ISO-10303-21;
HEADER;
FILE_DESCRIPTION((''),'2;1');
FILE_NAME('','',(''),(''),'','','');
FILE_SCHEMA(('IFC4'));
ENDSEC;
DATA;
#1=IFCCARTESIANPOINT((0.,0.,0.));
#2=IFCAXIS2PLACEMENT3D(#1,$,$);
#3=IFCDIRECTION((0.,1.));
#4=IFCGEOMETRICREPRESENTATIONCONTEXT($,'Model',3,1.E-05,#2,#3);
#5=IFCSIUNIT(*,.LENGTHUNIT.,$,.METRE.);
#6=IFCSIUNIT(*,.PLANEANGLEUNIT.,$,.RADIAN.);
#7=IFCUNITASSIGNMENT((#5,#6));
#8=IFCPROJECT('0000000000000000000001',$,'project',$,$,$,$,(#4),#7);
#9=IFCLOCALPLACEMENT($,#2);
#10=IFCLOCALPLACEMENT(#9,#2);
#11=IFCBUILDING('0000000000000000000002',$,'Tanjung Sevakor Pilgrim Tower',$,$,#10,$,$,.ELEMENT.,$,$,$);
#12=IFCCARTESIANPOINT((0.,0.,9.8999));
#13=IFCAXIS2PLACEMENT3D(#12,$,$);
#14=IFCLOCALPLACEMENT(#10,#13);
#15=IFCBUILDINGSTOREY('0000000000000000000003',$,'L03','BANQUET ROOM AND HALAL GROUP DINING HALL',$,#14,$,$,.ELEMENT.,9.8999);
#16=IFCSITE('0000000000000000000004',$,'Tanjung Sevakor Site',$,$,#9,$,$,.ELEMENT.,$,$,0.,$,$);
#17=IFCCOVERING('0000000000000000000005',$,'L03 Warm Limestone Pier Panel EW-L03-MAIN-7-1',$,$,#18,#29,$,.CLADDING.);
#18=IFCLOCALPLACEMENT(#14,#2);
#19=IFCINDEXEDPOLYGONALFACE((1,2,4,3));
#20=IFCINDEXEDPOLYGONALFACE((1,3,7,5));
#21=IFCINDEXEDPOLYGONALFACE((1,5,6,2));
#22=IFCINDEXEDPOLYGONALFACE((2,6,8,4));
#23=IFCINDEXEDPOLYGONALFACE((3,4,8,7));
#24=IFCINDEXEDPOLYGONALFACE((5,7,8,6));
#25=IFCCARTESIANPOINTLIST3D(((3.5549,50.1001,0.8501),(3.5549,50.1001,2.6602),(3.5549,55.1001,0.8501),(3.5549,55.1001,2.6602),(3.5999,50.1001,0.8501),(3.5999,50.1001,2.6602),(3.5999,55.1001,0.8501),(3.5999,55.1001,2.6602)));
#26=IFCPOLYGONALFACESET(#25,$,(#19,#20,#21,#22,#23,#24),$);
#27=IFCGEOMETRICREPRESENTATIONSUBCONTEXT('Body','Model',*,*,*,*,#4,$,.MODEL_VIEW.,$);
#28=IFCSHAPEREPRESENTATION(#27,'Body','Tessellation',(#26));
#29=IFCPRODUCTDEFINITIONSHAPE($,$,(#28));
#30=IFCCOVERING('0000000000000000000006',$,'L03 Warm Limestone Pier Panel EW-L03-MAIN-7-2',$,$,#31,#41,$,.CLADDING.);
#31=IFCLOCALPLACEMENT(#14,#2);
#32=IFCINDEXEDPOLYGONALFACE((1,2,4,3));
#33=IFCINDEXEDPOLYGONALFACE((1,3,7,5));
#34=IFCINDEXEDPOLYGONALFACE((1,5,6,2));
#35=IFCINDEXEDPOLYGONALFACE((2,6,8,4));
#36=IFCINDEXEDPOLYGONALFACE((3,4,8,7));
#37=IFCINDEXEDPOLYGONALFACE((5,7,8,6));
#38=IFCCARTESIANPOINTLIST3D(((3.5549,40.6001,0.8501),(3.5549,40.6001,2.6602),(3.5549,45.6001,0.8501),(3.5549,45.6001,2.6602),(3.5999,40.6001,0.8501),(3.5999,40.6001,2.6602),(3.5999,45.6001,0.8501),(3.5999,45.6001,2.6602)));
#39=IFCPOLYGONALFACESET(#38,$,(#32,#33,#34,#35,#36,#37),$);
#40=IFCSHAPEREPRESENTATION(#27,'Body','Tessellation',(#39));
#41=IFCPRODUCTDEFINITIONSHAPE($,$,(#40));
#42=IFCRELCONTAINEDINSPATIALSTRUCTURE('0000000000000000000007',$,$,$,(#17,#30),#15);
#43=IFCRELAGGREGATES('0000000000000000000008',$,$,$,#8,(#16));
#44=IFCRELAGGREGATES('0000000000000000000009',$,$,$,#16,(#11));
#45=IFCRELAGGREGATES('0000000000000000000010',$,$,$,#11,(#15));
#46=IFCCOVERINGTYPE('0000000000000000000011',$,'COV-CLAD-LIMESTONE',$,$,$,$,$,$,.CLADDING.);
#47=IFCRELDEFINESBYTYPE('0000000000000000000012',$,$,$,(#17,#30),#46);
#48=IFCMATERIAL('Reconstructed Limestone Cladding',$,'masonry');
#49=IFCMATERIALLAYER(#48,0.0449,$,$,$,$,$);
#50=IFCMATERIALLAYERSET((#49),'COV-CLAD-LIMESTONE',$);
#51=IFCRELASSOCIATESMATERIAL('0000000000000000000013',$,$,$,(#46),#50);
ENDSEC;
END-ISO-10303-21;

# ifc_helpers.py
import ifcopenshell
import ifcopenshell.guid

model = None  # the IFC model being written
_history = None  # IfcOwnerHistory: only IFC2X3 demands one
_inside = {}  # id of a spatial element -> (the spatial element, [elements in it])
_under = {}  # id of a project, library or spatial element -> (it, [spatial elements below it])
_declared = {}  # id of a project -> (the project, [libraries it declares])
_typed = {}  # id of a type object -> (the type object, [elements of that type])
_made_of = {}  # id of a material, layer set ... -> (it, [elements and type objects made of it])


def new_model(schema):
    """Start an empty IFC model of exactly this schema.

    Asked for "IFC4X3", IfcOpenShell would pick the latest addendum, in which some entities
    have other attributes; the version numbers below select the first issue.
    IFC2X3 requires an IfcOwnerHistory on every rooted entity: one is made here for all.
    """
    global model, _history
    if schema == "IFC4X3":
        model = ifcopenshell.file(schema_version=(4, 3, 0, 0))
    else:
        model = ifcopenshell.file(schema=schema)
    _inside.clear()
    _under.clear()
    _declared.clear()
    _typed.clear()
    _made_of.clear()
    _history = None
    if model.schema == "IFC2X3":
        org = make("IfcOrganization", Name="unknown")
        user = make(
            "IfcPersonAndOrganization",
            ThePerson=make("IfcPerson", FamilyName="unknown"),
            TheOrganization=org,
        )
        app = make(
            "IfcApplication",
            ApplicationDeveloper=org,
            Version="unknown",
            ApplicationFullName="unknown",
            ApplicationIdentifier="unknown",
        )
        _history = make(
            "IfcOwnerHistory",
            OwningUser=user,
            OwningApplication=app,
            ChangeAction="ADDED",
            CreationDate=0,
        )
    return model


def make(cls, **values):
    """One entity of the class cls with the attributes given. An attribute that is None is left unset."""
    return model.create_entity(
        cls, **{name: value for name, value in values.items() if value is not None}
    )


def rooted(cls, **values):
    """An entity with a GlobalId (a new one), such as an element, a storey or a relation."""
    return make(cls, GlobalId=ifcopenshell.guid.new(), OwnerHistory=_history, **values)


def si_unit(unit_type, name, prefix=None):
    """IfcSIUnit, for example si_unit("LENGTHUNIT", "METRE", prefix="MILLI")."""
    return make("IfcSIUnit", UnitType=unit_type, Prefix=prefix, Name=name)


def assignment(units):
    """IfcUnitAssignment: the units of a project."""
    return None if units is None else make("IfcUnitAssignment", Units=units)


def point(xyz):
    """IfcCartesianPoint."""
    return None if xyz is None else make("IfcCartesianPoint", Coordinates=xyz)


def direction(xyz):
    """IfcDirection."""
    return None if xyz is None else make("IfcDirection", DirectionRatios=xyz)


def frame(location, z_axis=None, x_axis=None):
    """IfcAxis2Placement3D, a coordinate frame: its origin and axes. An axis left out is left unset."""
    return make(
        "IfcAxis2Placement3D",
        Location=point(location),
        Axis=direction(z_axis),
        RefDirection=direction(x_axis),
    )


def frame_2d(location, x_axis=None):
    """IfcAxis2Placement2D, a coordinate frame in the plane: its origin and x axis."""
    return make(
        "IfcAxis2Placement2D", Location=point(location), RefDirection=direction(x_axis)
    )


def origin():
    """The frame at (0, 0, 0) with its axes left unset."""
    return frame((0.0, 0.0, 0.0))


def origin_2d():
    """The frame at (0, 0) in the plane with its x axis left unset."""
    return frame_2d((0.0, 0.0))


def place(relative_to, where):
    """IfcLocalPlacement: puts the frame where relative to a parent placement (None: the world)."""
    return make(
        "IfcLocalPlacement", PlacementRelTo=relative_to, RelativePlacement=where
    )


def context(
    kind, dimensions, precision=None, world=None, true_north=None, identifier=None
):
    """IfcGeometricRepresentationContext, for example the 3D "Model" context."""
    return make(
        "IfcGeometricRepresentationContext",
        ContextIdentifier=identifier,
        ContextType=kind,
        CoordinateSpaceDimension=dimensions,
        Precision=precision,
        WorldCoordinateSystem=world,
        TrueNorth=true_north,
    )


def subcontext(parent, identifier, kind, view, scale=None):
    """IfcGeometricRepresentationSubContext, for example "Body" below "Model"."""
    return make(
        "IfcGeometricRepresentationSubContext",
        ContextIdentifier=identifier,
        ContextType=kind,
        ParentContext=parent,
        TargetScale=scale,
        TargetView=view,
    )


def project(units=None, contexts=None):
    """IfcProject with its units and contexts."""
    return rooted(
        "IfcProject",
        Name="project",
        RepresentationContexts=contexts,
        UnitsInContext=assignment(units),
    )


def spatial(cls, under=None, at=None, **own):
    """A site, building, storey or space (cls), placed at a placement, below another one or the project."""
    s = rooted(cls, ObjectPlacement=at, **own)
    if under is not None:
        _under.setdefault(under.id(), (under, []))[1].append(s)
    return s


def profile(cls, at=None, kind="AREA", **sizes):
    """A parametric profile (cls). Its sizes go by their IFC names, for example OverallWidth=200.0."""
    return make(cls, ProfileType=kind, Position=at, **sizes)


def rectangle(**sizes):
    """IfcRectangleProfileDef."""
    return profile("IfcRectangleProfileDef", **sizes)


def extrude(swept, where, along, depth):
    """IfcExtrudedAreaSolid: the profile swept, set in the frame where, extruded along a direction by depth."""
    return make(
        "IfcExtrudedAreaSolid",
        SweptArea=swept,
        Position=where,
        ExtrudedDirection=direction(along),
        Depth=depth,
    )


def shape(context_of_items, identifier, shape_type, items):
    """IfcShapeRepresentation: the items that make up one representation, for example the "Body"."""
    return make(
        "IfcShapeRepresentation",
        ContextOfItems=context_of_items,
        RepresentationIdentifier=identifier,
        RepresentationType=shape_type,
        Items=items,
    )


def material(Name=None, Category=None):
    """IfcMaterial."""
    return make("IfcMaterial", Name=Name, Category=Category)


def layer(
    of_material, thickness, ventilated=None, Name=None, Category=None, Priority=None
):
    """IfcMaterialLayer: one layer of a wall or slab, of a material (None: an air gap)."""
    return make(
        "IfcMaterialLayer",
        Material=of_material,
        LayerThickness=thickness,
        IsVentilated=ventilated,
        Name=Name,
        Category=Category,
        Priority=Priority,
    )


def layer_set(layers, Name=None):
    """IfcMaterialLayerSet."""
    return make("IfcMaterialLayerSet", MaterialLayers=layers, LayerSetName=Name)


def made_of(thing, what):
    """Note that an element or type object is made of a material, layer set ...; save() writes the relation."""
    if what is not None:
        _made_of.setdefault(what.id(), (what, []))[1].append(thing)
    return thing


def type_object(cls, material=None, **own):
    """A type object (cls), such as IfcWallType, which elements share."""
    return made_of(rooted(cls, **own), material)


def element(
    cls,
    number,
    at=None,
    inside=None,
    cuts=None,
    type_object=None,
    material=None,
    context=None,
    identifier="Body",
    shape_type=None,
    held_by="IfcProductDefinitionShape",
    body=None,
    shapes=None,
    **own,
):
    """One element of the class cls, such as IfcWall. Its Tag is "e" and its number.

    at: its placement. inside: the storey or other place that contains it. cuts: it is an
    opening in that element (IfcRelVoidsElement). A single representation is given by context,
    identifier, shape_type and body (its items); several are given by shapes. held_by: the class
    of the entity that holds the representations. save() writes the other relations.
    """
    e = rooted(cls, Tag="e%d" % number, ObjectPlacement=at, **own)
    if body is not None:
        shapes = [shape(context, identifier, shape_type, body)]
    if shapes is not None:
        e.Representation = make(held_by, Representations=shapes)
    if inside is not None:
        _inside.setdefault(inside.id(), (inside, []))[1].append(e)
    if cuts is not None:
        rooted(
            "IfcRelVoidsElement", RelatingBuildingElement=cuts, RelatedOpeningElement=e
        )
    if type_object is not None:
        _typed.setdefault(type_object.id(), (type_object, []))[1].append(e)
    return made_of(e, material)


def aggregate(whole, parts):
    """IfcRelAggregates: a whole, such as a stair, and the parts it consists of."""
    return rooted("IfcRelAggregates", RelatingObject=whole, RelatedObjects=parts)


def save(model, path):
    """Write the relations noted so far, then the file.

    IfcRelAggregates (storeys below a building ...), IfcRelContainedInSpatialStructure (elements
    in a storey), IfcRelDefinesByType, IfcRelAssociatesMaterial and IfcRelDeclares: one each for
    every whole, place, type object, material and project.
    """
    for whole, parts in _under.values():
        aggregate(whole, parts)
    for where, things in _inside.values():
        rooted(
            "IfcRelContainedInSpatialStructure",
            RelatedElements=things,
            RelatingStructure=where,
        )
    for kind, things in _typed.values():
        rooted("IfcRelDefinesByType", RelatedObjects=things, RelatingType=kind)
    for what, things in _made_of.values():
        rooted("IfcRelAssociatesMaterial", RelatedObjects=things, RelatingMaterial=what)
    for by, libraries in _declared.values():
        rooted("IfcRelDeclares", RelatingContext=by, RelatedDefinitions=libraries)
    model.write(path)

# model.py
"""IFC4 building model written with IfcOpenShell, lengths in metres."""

from ifc_helpers import new_model, si_unit, direction, frame, origin, origin_2d, place, context, subcontext, project, spatial, rectangle, extrude, material, layer, layer_set, type_object, element, save


model = new_model("IFC4")

# Units and contexts
model_context = context("Model", 3, precision=1e-05, world=origin(), true_north=direction((0.0, 1.0)))
body_context = subcontext(model_context, "Body", "Model", "MODEL_VIEW")
ifc_project = project(units=[si_unit("LENGTHUNIT", "METRE"), si_unit("PLANEANGLEUNIT", "RADIAN")], contexts=[model_context])

# Site, building, storey
site_placement = place(None, origin())
site = spatial("IfcSite", under=ifc_project, at=site_placement, Name="Tanjung Sevakor Site", CompositionType="ELEMENT", RefElevation=0.0)
building_placement = place(site_placement, origin())
building = spatial("IfcBuilding", under=site, at=building_placement, Name="Tanjung Sevakor Pilgrim Tower", CompositionType="ELEMENT")
storey_placement = place(building_placement, frame((0.0, 0.0, 9.8999)))
storey = spatial("IfcBuildingStorey", under=building, at=storey_placement, Name="L03", Description="BANQUET ROOM AND HALAL GROUP DINING HALL", CompositionType="ELEMENT", Elevation=9.8999)

# Coverings
ifc_material_1 = material(Name="Reconstructed Limestone Cladding", Category="masonry")
ifc_layer_1 = layer(ifc_material_1, 0.0449)
ifc_layer_set_1 = layer_set([ifc_layer_1], Name="COV-CLAD-LIMESTONE")
covering_type = type_object("IfcCoveringType", Name="COV-CLAD-LIMESTONE", PredefinedType="CLADDING", material=ifc_layer_set_1)
for number, where, z_axis, x_axis, name in (
    (1, (3.5774, 52.6001, 0.8501), (0.0, 0.0, 1.0), (0.0, -1.0, 0.0), "L03 Warm Limestone Pier Panel EW-L03-MAIN-7-1"),
    (2, (3.5774, 43.1001, 0.8501), (0.0, 0.0, 1.0), (0.0, -1.0, 0.0), "L03 Warm Limestone Pier Panel EW-L03-MAIN-7-2"),
):
    element("IfcCovering", number, at=place(storey_placement, frame(where, z_axis=z_axis, x_axis=x_axis)), inside=storey, type_object=covering_type, Name=name, PredefinedType="CLADDING", context=body_context, shape_type="SweptSolid", body=[
        extrude(rectangle(XDim=5.0, YDim=0.0449, at=origin_2d()), origin(), (0.0, 0.0, 1.0), 1.8101),
    ])

save(model, "model.ifc")
